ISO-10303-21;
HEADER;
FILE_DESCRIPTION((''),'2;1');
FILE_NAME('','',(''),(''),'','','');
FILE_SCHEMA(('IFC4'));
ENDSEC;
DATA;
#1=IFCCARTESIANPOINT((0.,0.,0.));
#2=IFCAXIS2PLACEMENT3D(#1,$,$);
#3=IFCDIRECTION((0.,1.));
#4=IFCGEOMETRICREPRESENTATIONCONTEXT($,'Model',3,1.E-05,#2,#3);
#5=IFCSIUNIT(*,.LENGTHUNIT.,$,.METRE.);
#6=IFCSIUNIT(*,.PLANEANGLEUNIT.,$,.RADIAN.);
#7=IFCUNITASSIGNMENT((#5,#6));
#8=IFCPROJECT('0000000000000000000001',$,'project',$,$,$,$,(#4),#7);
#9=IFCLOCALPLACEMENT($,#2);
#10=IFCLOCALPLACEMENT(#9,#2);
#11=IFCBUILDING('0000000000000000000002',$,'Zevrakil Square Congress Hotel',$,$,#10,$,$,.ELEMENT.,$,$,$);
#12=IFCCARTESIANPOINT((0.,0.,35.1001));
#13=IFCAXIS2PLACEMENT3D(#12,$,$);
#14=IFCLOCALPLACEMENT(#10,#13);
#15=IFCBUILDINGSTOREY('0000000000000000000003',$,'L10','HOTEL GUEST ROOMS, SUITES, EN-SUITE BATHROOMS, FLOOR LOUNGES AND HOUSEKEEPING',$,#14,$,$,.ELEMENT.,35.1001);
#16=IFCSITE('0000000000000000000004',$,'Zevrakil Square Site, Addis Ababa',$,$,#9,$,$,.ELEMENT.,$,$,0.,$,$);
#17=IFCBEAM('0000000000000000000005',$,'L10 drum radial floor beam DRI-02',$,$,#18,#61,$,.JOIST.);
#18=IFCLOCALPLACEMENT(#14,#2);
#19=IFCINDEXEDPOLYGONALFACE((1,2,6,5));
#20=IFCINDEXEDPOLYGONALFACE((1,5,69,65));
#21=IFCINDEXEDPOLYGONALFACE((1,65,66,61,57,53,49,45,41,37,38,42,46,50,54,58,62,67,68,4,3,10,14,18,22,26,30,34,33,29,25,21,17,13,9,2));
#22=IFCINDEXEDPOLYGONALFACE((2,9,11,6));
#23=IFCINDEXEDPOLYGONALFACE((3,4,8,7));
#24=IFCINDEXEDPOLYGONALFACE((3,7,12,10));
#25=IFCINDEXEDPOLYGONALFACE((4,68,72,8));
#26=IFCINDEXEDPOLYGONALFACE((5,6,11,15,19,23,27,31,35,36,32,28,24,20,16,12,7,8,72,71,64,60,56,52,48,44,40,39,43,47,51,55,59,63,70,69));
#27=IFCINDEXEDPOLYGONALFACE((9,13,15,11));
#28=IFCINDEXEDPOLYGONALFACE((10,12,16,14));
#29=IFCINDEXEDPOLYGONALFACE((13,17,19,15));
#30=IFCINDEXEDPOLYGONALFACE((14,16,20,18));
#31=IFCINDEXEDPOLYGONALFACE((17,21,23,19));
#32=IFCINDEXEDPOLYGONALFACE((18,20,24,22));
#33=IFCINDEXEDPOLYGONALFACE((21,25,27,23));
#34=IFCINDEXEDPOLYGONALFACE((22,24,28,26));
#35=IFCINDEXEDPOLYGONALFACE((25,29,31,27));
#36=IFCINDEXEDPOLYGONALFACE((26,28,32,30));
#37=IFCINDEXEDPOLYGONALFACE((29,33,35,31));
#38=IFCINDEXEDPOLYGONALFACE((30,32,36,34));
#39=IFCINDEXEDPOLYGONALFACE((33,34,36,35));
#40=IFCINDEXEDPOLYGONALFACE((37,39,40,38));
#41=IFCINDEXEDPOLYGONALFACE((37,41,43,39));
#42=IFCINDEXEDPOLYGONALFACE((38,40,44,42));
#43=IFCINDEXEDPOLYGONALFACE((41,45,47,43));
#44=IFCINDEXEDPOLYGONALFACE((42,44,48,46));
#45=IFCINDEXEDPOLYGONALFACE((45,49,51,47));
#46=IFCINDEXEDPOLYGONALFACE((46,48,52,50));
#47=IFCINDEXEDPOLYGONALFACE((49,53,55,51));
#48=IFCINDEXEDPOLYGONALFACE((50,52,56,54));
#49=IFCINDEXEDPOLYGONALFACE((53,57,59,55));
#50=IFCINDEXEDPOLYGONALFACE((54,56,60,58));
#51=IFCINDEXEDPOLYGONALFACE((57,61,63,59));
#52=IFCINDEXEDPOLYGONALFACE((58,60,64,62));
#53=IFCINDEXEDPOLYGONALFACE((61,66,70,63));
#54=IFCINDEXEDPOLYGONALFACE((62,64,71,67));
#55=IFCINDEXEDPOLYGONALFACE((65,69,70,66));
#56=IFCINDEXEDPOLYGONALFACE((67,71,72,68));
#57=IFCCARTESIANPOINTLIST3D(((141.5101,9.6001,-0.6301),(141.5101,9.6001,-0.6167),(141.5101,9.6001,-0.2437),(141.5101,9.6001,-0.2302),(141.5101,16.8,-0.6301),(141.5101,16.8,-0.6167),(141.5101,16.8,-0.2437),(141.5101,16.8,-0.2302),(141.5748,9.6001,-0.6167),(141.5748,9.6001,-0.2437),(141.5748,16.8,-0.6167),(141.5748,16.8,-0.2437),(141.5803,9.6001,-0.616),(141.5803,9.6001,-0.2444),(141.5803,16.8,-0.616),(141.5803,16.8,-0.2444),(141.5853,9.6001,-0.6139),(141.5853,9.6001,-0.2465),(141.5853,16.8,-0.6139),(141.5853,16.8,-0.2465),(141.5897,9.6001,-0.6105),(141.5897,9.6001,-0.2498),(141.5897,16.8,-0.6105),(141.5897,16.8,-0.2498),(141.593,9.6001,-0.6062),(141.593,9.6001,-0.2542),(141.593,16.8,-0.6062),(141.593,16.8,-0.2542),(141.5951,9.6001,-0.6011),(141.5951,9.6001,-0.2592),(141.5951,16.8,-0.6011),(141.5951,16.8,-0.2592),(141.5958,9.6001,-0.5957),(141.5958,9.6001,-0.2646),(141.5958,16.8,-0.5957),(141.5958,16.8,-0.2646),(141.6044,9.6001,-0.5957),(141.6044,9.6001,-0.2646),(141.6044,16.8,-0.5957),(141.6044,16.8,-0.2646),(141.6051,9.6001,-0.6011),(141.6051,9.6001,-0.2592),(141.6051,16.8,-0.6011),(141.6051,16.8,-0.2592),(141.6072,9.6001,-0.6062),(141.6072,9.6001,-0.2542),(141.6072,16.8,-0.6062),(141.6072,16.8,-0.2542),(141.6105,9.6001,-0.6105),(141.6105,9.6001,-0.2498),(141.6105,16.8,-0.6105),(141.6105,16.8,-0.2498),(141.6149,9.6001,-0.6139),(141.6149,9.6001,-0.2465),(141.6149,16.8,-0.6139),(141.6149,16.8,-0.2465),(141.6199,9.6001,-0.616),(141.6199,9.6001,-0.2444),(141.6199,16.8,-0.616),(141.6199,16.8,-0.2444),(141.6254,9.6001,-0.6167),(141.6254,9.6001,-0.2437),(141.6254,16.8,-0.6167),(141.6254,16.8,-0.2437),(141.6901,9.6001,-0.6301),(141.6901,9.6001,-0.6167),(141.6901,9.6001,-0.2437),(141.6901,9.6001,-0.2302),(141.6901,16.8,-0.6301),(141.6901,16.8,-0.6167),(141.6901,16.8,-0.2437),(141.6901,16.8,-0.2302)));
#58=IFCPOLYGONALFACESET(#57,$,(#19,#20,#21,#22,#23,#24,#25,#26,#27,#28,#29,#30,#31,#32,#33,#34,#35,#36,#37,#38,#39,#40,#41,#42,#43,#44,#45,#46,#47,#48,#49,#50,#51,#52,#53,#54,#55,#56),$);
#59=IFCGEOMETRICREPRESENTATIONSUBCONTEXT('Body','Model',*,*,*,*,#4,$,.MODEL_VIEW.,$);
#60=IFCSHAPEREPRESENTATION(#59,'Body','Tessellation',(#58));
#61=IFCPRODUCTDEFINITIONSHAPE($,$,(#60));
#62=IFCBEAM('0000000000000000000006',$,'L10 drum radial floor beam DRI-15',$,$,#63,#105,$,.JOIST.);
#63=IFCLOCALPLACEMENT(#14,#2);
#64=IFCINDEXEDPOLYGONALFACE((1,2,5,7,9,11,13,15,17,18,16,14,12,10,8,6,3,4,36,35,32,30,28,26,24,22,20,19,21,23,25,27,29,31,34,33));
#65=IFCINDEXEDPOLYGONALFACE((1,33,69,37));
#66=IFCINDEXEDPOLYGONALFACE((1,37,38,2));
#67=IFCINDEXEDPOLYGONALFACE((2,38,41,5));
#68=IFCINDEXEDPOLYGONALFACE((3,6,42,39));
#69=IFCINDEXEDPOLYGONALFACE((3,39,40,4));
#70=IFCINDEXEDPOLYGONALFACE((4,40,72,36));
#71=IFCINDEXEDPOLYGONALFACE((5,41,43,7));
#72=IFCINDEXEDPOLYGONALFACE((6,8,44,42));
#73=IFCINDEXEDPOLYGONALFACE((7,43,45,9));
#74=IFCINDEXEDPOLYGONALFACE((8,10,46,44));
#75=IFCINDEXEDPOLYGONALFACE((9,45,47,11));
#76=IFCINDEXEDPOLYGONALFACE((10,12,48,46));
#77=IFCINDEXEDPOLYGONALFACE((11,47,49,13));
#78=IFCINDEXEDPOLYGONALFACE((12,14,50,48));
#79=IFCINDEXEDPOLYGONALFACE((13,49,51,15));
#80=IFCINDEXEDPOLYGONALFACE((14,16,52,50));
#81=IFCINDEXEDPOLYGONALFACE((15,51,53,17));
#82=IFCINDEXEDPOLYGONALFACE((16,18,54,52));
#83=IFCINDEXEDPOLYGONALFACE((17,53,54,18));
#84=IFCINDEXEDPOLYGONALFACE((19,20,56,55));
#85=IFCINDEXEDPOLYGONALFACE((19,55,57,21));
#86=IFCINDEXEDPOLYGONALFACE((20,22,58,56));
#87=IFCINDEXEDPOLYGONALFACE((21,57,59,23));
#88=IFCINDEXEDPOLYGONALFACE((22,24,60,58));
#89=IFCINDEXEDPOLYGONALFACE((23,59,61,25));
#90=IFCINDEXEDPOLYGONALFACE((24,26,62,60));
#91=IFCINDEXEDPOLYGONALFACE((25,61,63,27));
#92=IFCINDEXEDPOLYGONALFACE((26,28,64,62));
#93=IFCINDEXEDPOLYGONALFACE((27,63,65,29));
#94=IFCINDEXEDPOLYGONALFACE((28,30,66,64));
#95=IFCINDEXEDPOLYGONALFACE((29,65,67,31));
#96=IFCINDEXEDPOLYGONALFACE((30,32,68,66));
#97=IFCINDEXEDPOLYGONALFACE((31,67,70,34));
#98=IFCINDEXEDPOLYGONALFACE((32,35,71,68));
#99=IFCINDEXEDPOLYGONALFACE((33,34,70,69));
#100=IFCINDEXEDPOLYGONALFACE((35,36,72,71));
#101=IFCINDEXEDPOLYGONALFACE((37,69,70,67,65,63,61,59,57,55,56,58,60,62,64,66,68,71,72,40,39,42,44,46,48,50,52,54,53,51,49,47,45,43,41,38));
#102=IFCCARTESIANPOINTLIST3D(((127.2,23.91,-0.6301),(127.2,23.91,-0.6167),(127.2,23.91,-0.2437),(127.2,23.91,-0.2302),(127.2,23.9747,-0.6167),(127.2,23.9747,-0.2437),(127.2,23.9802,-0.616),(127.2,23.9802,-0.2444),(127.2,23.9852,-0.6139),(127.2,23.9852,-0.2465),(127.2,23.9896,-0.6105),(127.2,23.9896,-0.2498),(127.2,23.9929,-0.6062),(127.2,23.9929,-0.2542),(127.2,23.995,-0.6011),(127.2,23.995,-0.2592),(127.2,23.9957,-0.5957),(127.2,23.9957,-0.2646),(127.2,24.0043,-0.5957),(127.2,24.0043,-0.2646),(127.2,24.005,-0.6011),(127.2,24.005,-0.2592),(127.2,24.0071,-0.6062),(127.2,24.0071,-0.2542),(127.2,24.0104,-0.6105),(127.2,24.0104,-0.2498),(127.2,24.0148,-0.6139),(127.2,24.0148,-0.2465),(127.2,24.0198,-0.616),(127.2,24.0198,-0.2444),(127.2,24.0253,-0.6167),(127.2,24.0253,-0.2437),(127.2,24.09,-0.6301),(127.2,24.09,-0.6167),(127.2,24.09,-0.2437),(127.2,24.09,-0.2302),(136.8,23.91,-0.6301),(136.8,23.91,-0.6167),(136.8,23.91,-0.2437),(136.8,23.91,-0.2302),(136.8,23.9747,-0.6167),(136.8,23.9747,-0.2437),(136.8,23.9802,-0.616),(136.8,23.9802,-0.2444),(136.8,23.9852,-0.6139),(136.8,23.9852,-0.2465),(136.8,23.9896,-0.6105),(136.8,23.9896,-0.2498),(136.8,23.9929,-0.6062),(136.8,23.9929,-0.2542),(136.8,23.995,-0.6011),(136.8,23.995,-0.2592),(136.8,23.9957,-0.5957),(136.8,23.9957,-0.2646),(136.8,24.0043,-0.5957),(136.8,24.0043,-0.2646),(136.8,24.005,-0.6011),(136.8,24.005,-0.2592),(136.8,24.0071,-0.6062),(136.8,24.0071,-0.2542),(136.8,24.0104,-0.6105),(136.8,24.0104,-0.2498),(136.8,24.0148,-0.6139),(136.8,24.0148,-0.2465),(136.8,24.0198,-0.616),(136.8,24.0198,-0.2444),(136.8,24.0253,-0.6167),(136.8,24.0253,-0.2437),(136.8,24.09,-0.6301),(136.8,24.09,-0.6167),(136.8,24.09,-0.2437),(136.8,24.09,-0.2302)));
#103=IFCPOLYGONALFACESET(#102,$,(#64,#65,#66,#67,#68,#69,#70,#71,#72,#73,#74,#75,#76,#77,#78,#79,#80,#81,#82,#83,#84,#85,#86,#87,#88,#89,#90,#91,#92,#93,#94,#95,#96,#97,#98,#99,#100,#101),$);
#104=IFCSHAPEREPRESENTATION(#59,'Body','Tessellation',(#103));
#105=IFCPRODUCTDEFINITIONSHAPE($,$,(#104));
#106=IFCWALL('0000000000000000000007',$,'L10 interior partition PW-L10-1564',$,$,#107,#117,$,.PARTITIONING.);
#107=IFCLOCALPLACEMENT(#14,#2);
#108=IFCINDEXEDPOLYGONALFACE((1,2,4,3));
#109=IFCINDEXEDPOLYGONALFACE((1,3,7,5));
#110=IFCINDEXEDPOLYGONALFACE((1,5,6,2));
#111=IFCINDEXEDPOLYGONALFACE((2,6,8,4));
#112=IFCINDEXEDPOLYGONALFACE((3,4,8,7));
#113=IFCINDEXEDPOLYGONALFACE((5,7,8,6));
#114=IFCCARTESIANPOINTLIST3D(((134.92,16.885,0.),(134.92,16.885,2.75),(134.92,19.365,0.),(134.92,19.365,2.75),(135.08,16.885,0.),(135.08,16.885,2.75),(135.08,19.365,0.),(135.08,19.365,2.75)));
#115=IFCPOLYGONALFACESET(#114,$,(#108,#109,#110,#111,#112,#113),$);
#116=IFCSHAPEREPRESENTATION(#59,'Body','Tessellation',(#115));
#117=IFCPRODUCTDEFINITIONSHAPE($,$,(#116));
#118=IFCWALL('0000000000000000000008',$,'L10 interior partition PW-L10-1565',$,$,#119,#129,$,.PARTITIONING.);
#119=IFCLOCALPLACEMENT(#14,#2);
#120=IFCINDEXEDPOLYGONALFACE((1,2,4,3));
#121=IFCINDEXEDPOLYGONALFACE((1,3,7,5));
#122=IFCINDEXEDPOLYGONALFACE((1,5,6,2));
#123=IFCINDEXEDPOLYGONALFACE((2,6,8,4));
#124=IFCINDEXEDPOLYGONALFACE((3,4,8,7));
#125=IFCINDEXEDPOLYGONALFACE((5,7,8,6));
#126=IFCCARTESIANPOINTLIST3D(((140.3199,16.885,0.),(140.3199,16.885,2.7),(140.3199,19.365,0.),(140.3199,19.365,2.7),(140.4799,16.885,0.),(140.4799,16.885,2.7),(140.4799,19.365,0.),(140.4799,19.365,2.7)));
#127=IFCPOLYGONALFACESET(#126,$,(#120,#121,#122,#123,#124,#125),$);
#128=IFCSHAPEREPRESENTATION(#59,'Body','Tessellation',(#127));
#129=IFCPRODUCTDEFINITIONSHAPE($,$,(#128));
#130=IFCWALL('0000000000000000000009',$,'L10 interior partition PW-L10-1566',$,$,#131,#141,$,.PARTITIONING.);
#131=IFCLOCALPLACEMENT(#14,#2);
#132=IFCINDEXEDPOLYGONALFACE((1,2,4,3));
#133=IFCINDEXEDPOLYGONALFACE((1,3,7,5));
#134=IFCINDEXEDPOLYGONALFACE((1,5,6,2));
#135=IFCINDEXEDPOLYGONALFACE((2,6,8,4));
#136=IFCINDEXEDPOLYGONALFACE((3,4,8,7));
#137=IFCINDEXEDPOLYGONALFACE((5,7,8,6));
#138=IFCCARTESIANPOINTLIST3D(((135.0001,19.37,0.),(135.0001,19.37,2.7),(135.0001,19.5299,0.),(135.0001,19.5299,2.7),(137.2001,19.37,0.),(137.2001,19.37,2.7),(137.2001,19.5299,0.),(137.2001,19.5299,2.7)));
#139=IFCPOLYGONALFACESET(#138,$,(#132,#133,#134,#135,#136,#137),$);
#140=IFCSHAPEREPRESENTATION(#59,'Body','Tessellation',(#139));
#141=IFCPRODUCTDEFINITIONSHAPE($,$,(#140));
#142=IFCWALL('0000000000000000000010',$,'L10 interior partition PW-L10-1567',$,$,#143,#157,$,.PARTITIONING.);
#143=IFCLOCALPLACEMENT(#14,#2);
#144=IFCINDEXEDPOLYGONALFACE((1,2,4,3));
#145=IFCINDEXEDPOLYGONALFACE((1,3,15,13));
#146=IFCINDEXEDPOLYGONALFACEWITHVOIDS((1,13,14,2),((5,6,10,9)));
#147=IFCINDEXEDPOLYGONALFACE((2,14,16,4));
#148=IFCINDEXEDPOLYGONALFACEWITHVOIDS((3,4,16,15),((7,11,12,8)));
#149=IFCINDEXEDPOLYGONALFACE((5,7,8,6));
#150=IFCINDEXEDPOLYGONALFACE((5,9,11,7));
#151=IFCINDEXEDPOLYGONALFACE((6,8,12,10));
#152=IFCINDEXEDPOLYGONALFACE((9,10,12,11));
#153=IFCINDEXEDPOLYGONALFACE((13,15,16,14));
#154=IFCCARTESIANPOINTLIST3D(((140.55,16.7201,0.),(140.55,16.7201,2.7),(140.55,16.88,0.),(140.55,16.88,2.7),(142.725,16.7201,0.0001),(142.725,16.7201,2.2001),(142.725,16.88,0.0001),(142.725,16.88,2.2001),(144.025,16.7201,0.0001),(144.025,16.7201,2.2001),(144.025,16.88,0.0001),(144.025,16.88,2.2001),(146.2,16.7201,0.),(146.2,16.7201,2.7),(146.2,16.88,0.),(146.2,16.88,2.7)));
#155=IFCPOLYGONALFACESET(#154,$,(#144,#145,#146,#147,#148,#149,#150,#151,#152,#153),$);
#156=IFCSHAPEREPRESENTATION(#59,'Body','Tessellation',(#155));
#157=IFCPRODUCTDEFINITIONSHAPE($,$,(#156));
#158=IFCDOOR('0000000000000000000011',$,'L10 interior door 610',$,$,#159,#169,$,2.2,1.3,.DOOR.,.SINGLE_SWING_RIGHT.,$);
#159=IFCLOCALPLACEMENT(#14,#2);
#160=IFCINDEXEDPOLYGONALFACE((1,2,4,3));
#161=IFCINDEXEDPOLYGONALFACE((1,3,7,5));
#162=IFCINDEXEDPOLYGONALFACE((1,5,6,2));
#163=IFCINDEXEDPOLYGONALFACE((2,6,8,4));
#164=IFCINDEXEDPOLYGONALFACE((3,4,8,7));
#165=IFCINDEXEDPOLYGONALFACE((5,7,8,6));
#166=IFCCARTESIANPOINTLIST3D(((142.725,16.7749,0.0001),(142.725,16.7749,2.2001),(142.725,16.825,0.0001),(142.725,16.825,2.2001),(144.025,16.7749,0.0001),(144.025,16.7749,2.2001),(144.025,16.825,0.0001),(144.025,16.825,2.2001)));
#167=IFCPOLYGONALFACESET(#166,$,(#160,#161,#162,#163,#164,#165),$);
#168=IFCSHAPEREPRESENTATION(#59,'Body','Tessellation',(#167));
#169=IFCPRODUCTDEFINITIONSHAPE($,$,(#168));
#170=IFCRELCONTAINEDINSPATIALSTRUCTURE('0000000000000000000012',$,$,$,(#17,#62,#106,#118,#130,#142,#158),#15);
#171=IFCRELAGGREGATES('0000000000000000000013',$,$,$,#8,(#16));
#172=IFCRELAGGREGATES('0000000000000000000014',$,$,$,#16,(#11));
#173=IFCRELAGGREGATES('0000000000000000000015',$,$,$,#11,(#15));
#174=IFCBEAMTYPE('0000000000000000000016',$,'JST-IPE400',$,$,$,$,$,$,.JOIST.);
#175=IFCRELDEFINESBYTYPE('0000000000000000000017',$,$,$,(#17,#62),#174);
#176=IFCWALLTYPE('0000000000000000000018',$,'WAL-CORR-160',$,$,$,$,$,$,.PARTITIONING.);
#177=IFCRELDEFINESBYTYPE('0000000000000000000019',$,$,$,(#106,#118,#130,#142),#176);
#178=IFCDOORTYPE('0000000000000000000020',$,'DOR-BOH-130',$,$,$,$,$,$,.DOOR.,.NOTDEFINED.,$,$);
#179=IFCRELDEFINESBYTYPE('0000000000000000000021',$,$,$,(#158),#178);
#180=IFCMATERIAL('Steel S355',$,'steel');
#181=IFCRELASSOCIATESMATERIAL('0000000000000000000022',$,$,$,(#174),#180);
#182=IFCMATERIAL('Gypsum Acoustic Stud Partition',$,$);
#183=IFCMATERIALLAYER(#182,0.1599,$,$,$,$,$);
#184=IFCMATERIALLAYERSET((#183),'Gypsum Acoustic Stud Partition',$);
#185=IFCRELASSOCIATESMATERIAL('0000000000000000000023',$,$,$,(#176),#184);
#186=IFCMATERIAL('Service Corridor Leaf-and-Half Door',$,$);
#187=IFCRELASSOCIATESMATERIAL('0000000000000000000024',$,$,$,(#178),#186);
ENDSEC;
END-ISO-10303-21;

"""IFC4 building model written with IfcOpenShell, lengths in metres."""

from ifc_helpers import new_model, si_unit, direction, frame, frame_2d, origin, origin_2d, place, context, subcontext, project, spatial, rectangle, i_section, extrude, material, layer, layer_set, material_profile, profile_set, type_object, element, fill, save


model = new_model("IFC4")

# Units and contexts
model_context = context("Model", 3, precision=1e-05, world=origin(), true_north=direction((0.0, 1.0)))
body_context = subcontext(model_context, "Body", "Model", "MODEL_VIEW")
ifc_project = project(units=[si_unit("LENGTHUNIT", "METRE"), si_unit("PLANEANGLEUNIT", "RADIAN")], contexts=[model_context])

# Site, building, storey
site_placement = place(None, origin())
site = spatial("IfcSite", under=ifc_project, at=site_placement, Name="Zevrakil Square Site, Addis Ababa", CompositionType="ELEMENT", RefElevation=0.0)
building_placement = place(site_placement, origin())
building = spatial("IfcBuilding", under=site, at=building_placement, Name="Zevrakil Square Congress Hotel", CompositionType="ELEMENT")
storey_placement = place(building_placement, frame((0.0, 0.0, 35.1001)))
storey = spatial("IfcBuildingStorey", under=building, at=storey_placement, Name="L10", Description="HOTEL GUEST ROOMS, SUITES, EN-SUITE BATHROOMS, FLOOR LOUNGES AND HOUSEKEEPING", CompositionType="ELEMENT", Elevation=35.1001)

# Beams
ifc_material_1 = material(Name="Steel S355", Category="steel")
ifc_material_profile = material_profile(ifc_material_1, i_section(OverallWidth=0.1799, OverallDepth=0.3999, WebThickness=0.0085, FlangeThickness=0.0134, FilletRadius=0.021, at=origin_2d()), Name="IPE 400")
ifc_profile_set = profile_set([ifc_material_profile], Name="Steel S355")
beam_type = type_object("IfcBeamType", Name="JST-IPE400", PredefinedType="JOIST", material=ifc_profile_set)
beam_1_placement = place(storey_placement, frame((141.6001, 16.8, -0.4302), z_axis=(0.0, -1.0, 0.0), x_axis=(1.0, 0.0, 0.0)))
element("IfcBeam", 1, at=beam_1_placement, inside=storey, type_object=beam_type, Name="L10 drum radial floor beam DRI-02", PredefinedType="JOIST", context=body_context, shape_type="SweptSolid", body=[
    extrude(i_section(OverallWidth=0.1799, OverallDepth=0.3999, WebThickness=0.0085, FlangeThickness=0.0134, FilletRadius=0.021, at=origin_2d()), origin(), (0.0, 0.0, 1.0), 7.2),
])
beam_2_placement = place(storey_placement, frame((136.8, 24.0, -0.4302), z_axis=(-1.0, 0.0, 0.0), x_axis=(0.0, -1.0, 0.0)))
element("IfcBeam", 2, at=beam_2_placement, inside=storey, type_object=beam_type, Name="L10 drum radial floor beam DRI-15", PredefinedType="JOIST", context=body_context, shape_type="SweptSolid", body=[
    extrude(i_section(OverallWidth=0.1799, OverallDepth=0.3999, WebThickness=0.0085, FlangeThickness=0.0134, FilletRadius=0.021, at=origin_2d()), origin(), (0.0, 0.0, 1.0), 9.6001),
])

# Walls
ifc_material_2 = material(Name="Gypsum Acoustic Stud Partition")
ifc_layer_1 = layer(ifc_material_2, 0.1599)
ifc_layer_set_1 = layer_set([ifc_layer_1], Name="Gypsum Acoustic Stud Partition")
wall_type_1 = type_object("IfcWallType", Name="WAL-CORR-160", PredefinedType="PARTITIONING", material=ifc_layer_set_1)
wall_1_placement = place(storey_placement, frame((135.0, 16.885, 0.0), z_axis=(0.0, 0.0, 1.0), x_axis=(0.0, 1.0, 0.0)))
element("IfcWall", 3, at=wall_1_placement, inside=storey, type_object=wall_type_1, Name="L10 interior partition PW-L10-1564", PredefinedType="PARTITIONING", context=body_context, shape_type="SweptSolid", body=[
    extrude(rectangle(XDim=2.48, YDim=0.1599, at=frame_2d((1.24, 0.0))), origin(), (0.0, 0.0, 1.0), 2.75),
])
wall_2_placement = place(storey_placement, frame((140.3999, 16.885, 0.0), z_axis=(0.0, 0.0, 1.0), x_axis=(0.0, 1.0, 0.0)))
element("IfcWall", 4, at=wall_2_placement, inside=storey, type_object=wall_type_1, Name="L10 interior partition PW-L10-1565", PredefinedType="PARTITIONING", context=body_context, shape_type="SweptSolid", body=[
    extrude(rectangle(XDim=2.48, YDim=0.1599, at=frame_2d((1.24, 0.0))), origin(), (0.0, 0.0, 1.0), 2.7),
])
wall_3_placement = place(storey_placement, frame((135.0, 19.45, 0.0), z_axis=(0.0, 0.0, 1.0), x_axis=(1.0, 0.0, 0.0)))
element("IfcWall", 5, at=wall_3_placement, inside=storey, type_object=wall_type_1, Name="L10 interior partition PW-L10-1566", PredefinedType="PARTITIONING", context=body_context, shape_type="SweptSolid", body=[
    extrude(rectangle(XDim=2.2, YDim=0.1599, at=frame_2d((1.1001, 0.0))), origin(), (0.0, 0.0, 1.0), 2.7),
])

# Wall, opening, door
wall_4_placement = place(storey_placement, frame((140.55, 16.8, 0.0), z_axis=(0.0, 0.0, 1.0), x_axis=(1.0, 0.0, 0.0)))
wall_4 = element("IfcWall", 6, at=wall_4_placement, inside=storey, type_object=wall_type_1, Name="L10 interior partition PW-L10-1567", PredefinedType="PARTITIONING", context=body_context, shape_type="SweptSolid", body=[
    extrude(rectangle(XDim=5.6499, YDim=0.1599, at=frame_2d((2.825, 0.0))), origin(), (0.0, 0.0, 1.0), 2.7),
])
opening_1_placement = place(wall_4_placement, frame((2.175, 0.0, 0.0)))
opening_1 = element("IfcOpeningElement", 7, at=opening_1_placement, cuts=wall_4, PredefinedType="OPENING", context=body_context, shape_type="SweptSolid", body=[
    extrude(rectangle(XDim=1.3, YDim=2.2, at=frame_2d((0.6499, 1.1001))), frame((0.0, 0.0898, 0.0), z_axis=(0.0, -1.0, 0.0), x_axis=(1.0, 0.0, 0.0)), (0.0, 0.0, 1.0), 0.1799),
])
ifc_material_3 = material(Name="Service Corridor Leaf-and-Half Door")
door_type_1 = type_object("IfcDoorType", Name="DOR-BOH-130", OperationType="NOTDEFINED", PredefinedType="DOOR", material=ifc_material_3)
door_1_placement = place(opening_1_placement, origin())
door_1 = element("IfcDoor", 8, at=door_1_placement, inside=storey, type_object=door_type_1, Name="L10 interior door 610", OperationType="SINGLE_SWING_RIGHT", OverallHeight=2.2, OverallWidth=1.3, PredefinedType="DOOR", context=body_context, shape_type="SweptSolid", body=[
    extrude(rectangle(XDim=1.3, YDim=2.2, at=frame_2d((0.6499, 1.1001))), frame((0.0, 0.0249, 0.0), z_axis=(0.0, -1.0, 0.0), x_axis=(1.0, 0.0, 0.0)), (0.0, 0.0, 1.0), 0.05),
])
fill(opening_1, door_1)

save(model, "model.ifc")
